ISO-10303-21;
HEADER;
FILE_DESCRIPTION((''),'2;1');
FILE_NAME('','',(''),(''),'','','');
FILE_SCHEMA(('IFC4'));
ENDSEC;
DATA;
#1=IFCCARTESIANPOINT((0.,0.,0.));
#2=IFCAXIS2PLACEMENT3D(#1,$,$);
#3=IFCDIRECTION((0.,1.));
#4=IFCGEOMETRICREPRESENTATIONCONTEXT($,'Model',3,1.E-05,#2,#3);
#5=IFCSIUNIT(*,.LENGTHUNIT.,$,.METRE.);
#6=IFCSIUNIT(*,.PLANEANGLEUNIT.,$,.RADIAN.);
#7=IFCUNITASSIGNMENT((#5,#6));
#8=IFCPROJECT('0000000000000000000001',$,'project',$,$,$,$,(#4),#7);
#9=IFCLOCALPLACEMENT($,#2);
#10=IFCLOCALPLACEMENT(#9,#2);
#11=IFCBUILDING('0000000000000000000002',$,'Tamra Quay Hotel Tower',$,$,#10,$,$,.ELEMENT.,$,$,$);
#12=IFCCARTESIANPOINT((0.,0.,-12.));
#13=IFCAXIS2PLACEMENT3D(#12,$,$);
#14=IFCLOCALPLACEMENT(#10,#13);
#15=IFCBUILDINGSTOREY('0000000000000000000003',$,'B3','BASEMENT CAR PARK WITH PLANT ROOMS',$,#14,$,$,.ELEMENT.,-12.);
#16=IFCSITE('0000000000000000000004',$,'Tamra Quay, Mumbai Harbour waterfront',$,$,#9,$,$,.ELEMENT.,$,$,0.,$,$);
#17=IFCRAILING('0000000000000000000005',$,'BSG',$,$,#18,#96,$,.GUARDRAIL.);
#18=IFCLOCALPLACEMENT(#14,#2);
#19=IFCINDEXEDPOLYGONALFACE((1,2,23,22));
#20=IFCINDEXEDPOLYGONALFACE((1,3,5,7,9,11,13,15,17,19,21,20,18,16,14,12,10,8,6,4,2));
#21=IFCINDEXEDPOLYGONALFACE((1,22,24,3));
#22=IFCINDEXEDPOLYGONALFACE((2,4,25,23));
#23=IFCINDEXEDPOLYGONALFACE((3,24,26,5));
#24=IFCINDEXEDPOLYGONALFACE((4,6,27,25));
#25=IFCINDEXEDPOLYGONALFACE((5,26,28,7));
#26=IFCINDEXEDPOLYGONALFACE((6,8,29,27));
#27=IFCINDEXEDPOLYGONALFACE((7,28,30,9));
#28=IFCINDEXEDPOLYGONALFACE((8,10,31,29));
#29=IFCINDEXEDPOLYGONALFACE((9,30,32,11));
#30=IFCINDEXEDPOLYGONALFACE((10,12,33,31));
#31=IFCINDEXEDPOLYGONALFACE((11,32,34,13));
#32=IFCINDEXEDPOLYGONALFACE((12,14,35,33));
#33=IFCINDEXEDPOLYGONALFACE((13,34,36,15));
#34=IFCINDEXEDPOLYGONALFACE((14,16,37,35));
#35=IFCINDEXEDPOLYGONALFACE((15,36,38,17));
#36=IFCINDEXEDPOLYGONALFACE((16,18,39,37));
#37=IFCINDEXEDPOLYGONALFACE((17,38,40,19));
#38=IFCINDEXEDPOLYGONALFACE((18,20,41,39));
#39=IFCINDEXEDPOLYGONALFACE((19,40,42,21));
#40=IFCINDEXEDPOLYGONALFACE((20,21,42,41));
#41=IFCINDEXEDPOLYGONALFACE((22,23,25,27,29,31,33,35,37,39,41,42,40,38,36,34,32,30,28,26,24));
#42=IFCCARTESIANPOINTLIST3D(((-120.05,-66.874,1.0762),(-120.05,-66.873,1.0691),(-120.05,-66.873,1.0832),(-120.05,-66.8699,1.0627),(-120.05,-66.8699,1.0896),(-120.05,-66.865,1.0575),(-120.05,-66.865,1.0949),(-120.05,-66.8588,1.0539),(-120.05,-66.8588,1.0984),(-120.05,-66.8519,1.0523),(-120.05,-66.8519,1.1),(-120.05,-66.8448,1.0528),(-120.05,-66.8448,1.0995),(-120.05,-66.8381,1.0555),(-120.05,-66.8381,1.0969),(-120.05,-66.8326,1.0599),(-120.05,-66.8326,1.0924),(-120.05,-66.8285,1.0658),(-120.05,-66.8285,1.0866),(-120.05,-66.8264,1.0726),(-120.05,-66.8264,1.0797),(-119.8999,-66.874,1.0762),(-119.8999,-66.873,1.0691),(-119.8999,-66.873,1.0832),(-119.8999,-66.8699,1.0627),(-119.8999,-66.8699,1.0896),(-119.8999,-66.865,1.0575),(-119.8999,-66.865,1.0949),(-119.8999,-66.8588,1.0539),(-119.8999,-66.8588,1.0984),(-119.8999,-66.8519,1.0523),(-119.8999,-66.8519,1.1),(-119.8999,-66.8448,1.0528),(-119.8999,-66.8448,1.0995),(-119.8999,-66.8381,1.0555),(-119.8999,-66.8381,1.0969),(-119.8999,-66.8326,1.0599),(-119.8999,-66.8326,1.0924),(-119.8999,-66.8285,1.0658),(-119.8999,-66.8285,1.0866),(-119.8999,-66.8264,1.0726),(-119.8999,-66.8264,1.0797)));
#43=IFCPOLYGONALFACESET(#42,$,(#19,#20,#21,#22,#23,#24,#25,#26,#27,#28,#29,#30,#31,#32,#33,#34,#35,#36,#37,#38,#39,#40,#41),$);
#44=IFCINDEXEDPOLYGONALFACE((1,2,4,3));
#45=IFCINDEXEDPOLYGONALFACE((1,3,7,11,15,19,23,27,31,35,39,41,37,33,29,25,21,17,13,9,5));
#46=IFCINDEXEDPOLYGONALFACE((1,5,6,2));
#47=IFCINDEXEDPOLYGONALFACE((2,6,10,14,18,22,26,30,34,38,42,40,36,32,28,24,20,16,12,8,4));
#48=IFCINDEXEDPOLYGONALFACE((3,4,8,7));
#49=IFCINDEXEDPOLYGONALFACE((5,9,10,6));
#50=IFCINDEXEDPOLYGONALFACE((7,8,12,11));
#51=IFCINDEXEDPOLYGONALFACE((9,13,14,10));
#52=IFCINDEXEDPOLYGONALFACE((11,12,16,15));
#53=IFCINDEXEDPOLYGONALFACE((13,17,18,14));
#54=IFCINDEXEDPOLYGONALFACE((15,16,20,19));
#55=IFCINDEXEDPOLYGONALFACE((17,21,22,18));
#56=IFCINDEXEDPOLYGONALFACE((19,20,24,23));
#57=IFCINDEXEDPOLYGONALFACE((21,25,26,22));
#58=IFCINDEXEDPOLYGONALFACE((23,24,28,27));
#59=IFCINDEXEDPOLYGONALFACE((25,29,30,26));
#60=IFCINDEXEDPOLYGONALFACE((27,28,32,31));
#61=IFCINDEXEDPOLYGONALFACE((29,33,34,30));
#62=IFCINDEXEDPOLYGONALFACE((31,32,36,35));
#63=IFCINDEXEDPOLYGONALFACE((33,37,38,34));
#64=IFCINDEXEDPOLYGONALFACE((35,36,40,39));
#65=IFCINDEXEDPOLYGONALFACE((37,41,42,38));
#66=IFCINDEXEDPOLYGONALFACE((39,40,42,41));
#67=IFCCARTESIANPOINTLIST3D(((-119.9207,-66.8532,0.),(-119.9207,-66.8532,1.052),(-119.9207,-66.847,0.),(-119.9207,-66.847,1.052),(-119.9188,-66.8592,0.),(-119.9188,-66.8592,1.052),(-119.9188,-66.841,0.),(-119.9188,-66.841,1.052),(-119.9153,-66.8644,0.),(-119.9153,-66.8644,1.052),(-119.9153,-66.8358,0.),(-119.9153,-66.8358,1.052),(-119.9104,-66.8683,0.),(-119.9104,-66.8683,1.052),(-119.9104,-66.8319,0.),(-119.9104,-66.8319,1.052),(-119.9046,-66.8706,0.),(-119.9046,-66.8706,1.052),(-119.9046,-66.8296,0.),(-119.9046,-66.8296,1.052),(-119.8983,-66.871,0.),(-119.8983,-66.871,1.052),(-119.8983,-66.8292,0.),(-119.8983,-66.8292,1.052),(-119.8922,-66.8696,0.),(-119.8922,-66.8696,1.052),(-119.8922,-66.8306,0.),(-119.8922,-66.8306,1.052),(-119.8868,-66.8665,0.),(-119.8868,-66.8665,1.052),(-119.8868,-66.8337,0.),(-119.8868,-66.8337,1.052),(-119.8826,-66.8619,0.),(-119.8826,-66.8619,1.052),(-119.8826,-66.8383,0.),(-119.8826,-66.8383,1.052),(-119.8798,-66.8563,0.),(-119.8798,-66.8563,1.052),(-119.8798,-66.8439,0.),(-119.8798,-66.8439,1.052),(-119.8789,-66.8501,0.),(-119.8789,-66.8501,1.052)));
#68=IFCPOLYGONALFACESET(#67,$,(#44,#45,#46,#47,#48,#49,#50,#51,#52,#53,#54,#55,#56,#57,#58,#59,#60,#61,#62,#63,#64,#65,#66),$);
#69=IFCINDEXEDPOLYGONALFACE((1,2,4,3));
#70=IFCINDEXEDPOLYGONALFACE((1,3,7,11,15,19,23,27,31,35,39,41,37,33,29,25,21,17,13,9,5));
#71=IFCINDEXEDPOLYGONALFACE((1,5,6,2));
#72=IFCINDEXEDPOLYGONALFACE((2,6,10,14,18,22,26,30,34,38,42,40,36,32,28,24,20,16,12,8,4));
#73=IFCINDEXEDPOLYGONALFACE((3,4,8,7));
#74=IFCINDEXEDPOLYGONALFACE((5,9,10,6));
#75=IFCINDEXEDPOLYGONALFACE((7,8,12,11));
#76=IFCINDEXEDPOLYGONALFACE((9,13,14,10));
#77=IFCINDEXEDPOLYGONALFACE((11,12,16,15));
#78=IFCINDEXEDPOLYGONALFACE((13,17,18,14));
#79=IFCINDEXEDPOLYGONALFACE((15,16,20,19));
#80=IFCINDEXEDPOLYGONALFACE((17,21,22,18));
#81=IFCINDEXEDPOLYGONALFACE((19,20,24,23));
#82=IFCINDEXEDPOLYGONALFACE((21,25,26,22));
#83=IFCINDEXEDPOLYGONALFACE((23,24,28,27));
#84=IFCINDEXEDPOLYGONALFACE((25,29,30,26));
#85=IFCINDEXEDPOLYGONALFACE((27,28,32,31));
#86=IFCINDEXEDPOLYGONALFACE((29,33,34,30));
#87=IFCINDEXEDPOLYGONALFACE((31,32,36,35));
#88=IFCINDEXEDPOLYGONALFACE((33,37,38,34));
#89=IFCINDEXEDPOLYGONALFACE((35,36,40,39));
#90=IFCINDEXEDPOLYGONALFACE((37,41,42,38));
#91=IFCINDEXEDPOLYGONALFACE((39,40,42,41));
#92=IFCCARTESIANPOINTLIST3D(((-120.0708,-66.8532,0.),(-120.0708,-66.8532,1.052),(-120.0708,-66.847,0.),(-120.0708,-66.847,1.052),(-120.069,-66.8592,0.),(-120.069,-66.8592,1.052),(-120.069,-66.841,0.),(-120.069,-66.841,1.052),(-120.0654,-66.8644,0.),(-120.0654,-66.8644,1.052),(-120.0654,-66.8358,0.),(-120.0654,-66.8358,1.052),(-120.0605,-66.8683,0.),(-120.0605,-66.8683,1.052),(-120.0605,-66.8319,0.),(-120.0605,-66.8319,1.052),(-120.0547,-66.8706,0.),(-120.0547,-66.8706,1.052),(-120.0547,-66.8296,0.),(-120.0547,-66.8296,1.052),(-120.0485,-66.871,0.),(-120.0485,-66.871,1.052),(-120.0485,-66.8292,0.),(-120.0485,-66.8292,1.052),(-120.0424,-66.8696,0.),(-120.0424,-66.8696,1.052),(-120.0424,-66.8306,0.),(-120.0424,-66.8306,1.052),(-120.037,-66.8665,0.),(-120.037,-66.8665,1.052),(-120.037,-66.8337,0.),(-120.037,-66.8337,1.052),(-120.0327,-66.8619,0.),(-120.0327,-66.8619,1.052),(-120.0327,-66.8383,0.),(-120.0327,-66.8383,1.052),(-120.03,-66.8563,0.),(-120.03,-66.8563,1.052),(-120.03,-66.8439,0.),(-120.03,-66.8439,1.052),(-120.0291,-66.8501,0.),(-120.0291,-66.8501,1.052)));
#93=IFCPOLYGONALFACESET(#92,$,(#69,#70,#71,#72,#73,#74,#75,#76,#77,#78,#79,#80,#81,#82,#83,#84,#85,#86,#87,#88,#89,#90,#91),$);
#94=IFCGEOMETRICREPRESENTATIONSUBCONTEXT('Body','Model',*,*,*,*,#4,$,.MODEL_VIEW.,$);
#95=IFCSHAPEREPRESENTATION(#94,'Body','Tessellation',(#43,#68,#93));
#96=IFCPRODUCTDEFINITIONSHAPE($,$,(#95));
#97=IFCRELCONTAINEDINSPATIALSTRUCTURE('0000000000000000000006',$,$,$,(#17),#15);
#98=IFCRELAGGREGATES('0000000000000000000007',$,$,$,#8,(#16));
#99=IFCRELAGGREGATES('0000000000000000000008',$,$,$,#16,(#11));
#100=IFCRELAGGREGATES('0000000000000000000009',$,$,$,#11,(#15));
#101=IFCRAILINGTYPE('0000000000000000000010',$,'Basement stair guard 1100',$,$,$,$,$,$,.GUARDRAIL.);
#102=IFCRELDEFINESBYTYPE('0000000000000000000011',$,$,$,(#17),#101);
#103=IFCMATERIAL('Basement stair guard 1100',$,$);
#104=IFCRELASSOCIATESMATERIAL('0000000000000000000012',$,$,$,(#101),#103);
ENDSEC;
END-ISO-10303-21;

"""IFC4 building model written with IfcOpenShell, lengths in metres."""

from ifc_helpers import new_model, si_unit, direction, frame, origin, origin_2d, place, context, subcontext, project, spatial, circle, extrude, material, type_object, element, save


model = new_model("IFC4")

# Units and contexts
model_context = context("Model", 3, precision=1e-05, world=origin(), true_north=direction((0.0, 1.0)))
body_context = subcontext(model_context, "Body", "Model", "MODEL_VIEW")
ifc_project = project(units=[si_unit("LENGTHUNIT", "METRE"), si_unit("PLANEANGLEUNIT", "RADIAN")], contexts=[model_context])

# Site, building, storey
site_placement = place(None, origin())
site = spatial("IfcSite", under=ifc_project, at=site_placement, Name="Tamra Quay, Mumbai Harbour waterfront", CompositionType="ELEMENT", RefElevation=0.0)
building_placement = place(site_placement, origin())
building = spatial("IfcBuilding", under=site, at=building_placement, Name="Tamra Quay Hotel Tower", CompositionType="ELEMENT")
storey_placement = place(building_placement, frame((0.0, 0.0, -12.0)))
storey = spatial("IfcBuildingStorey", under=building, at=storey_placement, Name="B3", Description="BASEMENT CAR PARK WITH PLANT ROOMS", CompositionType="ELEMENT", Elevation=-12.0)

# Railing
ifc_material_1 = material(Name="Basement stair guard 1100")
railing_type_1 = type_object("IfcRailingType", Name="Basement stair guard 1100", PredefinedType="GUARDRAIL", material=ifc_material_1)
railing_1_placement = place(storey_placement, frame((-119.8999, -66.8501, 0.0)))
element("IfcRailing", 1, at=railing_1_placement, inside=storey, type_object=railing_type_1, Name="BSG", PredefinedType="GUARDRAIL", context=body_context, shape_type="SweptSolid", body=[
    extrude(circle(Radius=0.0239, at=origin_2d()), frame((0.0, 0.0, 1.0762), z_axis=(-1.0, 0.0, 0.0), x_axis=(0.0, -1.0, 0.0)), (0.0, 0.0, 1.0), 0.1501),
    extrude(circle(Radius=0.021, at=origin_2d()), origin(), (0.0, 0.0, 1.0), 1.052),
    extrude(circle(Radius=0.021, at=origin_2d()), frame((-0.1501, 0.0, 0.0)), (0.0, 0.0, 1.0), 1.052),
])

save(model, "model.ifc")
